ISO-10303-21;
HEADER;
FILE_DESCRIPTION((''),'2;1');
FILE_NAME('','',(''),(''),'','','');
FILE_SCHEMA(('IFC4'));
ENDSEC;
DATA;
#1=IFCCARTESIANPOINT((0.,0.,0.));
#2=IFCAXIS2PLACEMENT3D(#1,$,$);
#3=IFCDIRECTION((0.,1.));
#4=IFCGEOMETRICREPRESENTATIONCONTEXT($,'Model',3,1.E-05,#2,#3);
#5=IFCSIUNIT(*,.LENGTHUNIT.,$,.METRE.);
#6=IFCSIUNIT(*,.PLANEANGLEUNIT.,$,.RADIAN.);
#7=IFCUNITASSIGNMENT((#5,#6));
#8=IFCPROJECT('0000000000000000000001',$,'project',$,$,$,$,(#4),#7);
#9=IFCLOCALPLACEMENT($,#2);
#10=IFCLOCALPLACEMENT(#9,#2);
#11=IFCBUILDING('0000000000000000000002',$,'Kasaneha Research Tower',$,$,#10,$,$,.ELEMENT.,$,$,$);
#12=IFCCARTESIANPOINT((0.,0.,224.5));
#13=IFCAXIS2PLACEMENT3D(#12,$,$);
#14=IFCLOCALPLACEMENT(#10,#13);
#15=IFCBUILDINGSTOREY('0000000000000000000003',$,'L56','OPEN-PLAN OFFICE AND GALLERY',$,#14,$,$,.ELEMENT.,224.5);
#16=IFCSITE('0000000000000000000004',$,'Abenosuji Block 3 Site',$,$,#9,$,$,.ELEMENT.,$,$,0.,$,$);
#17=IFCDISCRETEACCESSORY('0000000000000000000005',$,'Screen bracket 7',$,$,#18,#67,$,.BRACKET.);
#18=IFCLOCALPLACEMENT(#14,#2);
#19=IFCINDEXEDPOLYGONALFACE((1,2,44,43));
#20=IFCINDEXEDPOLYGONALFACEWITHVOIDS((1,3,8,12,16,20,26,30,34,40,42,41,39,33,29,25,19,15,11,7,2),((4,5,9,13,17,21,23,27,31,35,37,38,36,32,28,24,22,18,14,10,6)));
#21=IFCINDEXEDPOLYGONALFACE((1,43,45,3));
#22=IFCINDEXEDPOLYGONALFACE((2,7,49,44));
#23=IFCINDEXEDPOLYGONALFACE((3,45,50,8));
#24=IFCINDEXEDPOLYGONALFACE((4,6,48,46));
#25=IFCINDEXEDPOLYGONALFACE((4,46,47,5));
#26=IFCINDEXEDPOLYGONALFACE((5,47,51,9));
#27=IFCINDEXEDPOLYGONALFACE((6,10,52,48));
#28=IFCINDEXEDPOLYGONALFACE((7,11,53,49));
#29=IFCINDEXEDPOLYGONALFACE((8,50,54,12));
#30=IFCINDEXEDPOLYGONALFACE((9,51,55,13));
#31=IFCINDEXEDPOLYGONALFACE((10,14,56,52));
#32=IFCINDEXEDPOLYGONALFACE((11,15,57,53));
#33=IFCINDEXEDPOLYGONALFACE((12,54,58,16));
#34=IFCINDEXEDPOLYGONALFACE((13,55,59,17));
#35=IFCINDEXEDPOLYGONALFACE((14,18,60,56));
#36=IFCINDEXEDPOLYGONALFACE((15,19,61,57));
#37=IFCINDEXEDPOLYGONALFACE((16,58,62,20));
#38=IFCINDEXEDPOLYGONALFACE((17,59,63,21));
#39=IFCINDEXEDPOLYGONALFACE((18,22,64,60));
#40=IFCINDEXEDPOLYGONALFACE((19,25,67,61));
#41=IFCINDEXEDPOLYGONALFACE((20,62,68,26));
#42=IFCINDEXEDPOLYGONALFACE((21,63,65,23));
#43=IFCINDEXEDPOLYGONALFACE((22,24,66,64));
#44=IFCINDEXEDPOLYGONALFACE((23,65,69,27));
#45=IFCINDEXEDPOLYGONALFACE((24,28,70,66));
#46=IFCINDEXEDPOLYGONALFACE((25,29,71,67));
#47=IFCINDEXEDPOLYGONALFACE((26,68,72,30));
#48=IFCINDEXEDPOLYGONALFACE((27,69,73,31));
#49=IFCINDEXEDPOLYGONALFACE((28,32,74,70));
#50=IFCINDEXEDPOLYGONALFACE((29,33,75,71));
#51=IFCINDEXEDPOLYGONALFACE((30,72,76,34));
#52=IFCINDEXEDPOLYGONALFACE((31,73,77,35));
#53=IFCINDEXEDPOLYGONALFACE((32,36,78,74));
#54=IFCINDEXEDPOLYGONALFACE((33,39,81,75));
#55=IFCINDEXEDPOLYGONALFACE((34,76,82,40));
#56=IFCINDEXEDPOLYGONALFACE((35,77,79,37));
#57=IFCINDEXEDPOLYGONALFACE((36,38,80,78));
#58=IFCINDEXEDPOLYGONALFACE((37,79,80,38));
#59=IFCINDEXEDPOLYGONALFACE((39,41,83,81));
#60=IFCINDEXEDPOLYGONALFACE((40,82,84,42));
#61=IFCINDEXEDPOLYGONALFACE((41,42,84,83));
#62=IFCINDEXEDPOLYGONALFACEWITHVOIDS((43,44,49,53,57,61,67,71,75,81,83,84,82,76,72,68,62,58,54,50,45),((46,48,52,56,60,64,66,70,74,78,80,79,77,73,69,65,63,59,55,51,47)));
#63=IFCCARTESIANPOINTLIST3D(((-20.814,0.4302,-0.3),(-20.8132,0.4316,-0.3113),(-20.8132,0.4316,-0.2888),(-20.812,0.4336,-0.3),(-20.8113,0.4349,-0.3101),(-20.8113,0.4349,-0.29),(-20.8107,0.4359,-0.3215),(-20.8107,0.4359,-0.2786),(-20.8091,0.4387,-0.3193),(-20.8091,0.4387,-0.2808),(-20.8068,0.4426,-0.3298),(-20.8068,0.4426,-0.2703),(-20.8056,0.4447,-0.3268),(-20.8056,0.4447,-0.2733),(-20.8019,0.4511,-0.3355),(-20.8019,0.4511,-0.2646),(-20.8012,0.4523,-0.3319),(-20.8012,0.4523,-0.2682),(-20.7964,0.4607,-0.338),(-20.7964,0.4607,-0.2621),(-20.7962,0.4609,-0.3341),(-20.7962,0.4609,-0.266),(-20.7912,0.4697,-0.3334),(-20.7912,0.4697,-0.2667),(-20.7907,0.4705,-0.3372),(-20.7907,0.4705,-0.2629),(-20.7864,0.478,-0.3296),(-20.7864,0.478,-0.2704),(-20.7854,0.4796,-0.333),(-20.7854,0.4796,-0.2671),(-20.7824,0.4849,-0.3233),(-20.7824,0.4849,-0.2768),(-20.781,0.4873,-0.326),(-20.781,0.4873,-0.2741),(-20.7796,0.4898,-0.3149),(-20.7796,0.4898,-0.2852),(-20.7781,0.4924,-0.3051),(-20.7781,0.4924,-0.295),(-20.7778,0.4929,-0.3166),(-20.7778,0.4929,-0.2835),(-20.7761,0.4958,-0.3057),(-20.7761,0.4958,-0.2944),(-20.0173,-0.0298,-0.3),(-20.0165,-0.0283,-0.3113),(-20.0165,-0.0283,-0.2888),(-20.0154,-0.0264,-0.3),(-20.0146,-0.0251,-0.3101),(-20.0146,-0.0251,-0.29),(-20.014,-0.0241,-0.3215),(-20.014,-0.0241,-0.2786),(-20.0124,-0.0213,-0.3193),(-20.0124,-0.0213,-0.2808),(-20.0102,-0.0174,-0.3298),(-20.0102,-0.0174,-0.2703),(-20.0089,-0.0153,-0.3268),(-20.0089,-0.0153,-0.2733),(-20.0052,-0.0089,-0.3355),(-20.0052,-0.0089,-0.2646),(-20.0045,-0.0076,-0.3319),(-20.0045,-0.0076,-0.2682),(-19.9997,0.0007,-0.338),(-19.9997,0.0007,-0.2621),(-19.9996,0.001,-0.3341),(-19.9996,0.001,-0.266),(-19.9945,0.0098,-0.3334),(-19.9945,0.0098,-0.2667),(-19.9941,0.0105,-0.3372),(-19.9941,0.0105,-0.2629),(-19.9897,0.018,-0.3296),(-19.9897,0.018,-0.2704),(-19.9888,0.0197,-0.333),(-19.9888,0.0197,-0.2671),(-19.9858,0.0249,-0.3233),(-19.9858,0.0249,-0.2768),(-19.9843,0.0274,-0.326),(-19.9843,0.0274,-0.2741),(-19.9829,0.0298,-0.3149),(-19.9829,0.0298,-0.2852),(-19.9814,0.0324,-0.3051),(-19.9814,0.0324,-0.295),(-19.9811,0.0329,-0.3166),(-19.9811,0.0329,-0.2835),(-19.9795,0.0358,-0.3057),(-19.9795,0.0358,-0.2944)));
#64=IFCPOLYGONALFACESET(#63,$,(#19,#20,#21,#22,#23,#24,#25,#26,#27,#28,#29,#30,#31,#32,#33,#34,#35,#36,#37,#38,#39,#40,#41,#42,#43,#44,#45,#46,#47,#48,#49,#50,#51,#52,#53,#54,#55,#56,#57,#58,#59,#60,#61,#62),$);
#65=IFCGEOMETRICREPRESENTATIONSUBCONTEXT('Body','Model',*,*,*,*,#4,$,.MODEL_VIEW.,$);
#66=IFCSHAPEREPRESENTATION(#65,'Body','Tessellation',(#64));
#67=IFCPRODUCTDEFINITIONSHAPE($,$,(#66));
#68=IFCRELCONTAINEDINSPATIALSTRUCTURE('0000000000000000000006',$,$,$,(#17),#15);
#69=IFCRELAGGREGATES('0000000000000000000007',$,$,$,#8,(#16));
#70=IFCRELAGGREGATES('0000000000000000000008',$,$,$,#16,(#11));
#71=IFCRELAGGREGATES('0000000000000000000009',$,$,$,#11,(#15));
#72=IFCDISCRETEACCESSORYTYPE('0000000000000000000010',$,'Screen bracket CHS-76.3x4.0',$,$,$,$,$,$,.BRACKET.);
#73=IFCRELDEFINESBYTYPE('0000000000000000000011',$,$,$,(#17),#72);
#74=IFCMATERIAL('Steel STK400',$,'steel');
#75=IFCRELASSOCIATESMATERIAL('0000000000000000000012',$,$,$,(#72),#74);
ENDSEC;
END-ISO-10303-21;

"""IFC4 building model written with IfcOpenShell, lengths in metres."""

from ifc_helpers import new_model, si_unit, direction, frame, origin, origin_2d, place, context, subcontext, project, spatial, hollow_circle, extrude, material, material_profile, profile_set, type_object, element, save


model = new_model("IFC4")

# Units and contexts
model_context = context("Model", 3, precision=1e-05, world=origin(), true_north=direction((0.0, 1.0)))
body_context = subcontext(model_context, "Body", "Model", "MODEL_VIEW")
ifc_project = project(units=[si_unit("LENGTHUNIT", "METRE"), si_unit("PLANEANGLEUNIT", "RADIAN")], contexts=[model_context])

# Site, building, storey
site_placement = place(None, origin())
site = spatial("IfcSite", under=ifc_project, at=site_placement, Name="Abenosuji Block 3 Site", CompositionType="ELEMENT", RefElevation=0.0)
building_placement = place(site_placement, origin())
building = spatial("IfcBuilding", under=site, at=building_placement, Name="Kasaneha Research Tower", CompositionType="ELEMENT")
storey_placement = place(building_placement, frame((0.0, 0.0, 224.5)))
storey = spatial("IfcBuildingStorey", under=building, at=storey_placement, Name="L56", Description="OPEN-PLAN OFFICE AND GALLERY", CompositionType="ELEMENT", Elevation=224.5)

# Discrete accessory
ifc_material_1 = material(Name="Steel STK400", Category="steel")
ifc_material_profile_1 = material_profile(ifc_material_1, hollow_circle(Radius=0.0381, WallThickness=0.0039, at=origin_2d()), Name="CHS-76.3x4.0")
ifc_profile_set_1 = profile_set([ifc_material_profile_1], Name="Steel STK400")
discrete_accessory_type = type_object("IfcDiscreteAccessoryType", Name="Screen bracket CHS-76.3x4.0", PredefinedType="BRACKET", material=ifc_profile_set_1)
discrete_accessory_1_placement = place(storey_placement, frame((-19.9983, 0.0032, -0.3), z_axis=(-0.866013, 0.500021, 0.0), x_axis=(-0.500021, -0.866013, 0.0)))
element("IfcDiscreteAccessory", 1, at=discrete_accessory_1_placement, inside=storey, type_object=discrete_accessory_type, Name="Screen bracket 7", PredefinedType="BRACKET", context=body_context, shape_type="SweptSolid", body=[
    extrude(hollow_circle(Radius=0.0381, WallThickness=0.0039, at=origin_2d()), origin(), (0.0, 0.0, 1.0), 0.9199),
])

save(model, "model.ifc")
